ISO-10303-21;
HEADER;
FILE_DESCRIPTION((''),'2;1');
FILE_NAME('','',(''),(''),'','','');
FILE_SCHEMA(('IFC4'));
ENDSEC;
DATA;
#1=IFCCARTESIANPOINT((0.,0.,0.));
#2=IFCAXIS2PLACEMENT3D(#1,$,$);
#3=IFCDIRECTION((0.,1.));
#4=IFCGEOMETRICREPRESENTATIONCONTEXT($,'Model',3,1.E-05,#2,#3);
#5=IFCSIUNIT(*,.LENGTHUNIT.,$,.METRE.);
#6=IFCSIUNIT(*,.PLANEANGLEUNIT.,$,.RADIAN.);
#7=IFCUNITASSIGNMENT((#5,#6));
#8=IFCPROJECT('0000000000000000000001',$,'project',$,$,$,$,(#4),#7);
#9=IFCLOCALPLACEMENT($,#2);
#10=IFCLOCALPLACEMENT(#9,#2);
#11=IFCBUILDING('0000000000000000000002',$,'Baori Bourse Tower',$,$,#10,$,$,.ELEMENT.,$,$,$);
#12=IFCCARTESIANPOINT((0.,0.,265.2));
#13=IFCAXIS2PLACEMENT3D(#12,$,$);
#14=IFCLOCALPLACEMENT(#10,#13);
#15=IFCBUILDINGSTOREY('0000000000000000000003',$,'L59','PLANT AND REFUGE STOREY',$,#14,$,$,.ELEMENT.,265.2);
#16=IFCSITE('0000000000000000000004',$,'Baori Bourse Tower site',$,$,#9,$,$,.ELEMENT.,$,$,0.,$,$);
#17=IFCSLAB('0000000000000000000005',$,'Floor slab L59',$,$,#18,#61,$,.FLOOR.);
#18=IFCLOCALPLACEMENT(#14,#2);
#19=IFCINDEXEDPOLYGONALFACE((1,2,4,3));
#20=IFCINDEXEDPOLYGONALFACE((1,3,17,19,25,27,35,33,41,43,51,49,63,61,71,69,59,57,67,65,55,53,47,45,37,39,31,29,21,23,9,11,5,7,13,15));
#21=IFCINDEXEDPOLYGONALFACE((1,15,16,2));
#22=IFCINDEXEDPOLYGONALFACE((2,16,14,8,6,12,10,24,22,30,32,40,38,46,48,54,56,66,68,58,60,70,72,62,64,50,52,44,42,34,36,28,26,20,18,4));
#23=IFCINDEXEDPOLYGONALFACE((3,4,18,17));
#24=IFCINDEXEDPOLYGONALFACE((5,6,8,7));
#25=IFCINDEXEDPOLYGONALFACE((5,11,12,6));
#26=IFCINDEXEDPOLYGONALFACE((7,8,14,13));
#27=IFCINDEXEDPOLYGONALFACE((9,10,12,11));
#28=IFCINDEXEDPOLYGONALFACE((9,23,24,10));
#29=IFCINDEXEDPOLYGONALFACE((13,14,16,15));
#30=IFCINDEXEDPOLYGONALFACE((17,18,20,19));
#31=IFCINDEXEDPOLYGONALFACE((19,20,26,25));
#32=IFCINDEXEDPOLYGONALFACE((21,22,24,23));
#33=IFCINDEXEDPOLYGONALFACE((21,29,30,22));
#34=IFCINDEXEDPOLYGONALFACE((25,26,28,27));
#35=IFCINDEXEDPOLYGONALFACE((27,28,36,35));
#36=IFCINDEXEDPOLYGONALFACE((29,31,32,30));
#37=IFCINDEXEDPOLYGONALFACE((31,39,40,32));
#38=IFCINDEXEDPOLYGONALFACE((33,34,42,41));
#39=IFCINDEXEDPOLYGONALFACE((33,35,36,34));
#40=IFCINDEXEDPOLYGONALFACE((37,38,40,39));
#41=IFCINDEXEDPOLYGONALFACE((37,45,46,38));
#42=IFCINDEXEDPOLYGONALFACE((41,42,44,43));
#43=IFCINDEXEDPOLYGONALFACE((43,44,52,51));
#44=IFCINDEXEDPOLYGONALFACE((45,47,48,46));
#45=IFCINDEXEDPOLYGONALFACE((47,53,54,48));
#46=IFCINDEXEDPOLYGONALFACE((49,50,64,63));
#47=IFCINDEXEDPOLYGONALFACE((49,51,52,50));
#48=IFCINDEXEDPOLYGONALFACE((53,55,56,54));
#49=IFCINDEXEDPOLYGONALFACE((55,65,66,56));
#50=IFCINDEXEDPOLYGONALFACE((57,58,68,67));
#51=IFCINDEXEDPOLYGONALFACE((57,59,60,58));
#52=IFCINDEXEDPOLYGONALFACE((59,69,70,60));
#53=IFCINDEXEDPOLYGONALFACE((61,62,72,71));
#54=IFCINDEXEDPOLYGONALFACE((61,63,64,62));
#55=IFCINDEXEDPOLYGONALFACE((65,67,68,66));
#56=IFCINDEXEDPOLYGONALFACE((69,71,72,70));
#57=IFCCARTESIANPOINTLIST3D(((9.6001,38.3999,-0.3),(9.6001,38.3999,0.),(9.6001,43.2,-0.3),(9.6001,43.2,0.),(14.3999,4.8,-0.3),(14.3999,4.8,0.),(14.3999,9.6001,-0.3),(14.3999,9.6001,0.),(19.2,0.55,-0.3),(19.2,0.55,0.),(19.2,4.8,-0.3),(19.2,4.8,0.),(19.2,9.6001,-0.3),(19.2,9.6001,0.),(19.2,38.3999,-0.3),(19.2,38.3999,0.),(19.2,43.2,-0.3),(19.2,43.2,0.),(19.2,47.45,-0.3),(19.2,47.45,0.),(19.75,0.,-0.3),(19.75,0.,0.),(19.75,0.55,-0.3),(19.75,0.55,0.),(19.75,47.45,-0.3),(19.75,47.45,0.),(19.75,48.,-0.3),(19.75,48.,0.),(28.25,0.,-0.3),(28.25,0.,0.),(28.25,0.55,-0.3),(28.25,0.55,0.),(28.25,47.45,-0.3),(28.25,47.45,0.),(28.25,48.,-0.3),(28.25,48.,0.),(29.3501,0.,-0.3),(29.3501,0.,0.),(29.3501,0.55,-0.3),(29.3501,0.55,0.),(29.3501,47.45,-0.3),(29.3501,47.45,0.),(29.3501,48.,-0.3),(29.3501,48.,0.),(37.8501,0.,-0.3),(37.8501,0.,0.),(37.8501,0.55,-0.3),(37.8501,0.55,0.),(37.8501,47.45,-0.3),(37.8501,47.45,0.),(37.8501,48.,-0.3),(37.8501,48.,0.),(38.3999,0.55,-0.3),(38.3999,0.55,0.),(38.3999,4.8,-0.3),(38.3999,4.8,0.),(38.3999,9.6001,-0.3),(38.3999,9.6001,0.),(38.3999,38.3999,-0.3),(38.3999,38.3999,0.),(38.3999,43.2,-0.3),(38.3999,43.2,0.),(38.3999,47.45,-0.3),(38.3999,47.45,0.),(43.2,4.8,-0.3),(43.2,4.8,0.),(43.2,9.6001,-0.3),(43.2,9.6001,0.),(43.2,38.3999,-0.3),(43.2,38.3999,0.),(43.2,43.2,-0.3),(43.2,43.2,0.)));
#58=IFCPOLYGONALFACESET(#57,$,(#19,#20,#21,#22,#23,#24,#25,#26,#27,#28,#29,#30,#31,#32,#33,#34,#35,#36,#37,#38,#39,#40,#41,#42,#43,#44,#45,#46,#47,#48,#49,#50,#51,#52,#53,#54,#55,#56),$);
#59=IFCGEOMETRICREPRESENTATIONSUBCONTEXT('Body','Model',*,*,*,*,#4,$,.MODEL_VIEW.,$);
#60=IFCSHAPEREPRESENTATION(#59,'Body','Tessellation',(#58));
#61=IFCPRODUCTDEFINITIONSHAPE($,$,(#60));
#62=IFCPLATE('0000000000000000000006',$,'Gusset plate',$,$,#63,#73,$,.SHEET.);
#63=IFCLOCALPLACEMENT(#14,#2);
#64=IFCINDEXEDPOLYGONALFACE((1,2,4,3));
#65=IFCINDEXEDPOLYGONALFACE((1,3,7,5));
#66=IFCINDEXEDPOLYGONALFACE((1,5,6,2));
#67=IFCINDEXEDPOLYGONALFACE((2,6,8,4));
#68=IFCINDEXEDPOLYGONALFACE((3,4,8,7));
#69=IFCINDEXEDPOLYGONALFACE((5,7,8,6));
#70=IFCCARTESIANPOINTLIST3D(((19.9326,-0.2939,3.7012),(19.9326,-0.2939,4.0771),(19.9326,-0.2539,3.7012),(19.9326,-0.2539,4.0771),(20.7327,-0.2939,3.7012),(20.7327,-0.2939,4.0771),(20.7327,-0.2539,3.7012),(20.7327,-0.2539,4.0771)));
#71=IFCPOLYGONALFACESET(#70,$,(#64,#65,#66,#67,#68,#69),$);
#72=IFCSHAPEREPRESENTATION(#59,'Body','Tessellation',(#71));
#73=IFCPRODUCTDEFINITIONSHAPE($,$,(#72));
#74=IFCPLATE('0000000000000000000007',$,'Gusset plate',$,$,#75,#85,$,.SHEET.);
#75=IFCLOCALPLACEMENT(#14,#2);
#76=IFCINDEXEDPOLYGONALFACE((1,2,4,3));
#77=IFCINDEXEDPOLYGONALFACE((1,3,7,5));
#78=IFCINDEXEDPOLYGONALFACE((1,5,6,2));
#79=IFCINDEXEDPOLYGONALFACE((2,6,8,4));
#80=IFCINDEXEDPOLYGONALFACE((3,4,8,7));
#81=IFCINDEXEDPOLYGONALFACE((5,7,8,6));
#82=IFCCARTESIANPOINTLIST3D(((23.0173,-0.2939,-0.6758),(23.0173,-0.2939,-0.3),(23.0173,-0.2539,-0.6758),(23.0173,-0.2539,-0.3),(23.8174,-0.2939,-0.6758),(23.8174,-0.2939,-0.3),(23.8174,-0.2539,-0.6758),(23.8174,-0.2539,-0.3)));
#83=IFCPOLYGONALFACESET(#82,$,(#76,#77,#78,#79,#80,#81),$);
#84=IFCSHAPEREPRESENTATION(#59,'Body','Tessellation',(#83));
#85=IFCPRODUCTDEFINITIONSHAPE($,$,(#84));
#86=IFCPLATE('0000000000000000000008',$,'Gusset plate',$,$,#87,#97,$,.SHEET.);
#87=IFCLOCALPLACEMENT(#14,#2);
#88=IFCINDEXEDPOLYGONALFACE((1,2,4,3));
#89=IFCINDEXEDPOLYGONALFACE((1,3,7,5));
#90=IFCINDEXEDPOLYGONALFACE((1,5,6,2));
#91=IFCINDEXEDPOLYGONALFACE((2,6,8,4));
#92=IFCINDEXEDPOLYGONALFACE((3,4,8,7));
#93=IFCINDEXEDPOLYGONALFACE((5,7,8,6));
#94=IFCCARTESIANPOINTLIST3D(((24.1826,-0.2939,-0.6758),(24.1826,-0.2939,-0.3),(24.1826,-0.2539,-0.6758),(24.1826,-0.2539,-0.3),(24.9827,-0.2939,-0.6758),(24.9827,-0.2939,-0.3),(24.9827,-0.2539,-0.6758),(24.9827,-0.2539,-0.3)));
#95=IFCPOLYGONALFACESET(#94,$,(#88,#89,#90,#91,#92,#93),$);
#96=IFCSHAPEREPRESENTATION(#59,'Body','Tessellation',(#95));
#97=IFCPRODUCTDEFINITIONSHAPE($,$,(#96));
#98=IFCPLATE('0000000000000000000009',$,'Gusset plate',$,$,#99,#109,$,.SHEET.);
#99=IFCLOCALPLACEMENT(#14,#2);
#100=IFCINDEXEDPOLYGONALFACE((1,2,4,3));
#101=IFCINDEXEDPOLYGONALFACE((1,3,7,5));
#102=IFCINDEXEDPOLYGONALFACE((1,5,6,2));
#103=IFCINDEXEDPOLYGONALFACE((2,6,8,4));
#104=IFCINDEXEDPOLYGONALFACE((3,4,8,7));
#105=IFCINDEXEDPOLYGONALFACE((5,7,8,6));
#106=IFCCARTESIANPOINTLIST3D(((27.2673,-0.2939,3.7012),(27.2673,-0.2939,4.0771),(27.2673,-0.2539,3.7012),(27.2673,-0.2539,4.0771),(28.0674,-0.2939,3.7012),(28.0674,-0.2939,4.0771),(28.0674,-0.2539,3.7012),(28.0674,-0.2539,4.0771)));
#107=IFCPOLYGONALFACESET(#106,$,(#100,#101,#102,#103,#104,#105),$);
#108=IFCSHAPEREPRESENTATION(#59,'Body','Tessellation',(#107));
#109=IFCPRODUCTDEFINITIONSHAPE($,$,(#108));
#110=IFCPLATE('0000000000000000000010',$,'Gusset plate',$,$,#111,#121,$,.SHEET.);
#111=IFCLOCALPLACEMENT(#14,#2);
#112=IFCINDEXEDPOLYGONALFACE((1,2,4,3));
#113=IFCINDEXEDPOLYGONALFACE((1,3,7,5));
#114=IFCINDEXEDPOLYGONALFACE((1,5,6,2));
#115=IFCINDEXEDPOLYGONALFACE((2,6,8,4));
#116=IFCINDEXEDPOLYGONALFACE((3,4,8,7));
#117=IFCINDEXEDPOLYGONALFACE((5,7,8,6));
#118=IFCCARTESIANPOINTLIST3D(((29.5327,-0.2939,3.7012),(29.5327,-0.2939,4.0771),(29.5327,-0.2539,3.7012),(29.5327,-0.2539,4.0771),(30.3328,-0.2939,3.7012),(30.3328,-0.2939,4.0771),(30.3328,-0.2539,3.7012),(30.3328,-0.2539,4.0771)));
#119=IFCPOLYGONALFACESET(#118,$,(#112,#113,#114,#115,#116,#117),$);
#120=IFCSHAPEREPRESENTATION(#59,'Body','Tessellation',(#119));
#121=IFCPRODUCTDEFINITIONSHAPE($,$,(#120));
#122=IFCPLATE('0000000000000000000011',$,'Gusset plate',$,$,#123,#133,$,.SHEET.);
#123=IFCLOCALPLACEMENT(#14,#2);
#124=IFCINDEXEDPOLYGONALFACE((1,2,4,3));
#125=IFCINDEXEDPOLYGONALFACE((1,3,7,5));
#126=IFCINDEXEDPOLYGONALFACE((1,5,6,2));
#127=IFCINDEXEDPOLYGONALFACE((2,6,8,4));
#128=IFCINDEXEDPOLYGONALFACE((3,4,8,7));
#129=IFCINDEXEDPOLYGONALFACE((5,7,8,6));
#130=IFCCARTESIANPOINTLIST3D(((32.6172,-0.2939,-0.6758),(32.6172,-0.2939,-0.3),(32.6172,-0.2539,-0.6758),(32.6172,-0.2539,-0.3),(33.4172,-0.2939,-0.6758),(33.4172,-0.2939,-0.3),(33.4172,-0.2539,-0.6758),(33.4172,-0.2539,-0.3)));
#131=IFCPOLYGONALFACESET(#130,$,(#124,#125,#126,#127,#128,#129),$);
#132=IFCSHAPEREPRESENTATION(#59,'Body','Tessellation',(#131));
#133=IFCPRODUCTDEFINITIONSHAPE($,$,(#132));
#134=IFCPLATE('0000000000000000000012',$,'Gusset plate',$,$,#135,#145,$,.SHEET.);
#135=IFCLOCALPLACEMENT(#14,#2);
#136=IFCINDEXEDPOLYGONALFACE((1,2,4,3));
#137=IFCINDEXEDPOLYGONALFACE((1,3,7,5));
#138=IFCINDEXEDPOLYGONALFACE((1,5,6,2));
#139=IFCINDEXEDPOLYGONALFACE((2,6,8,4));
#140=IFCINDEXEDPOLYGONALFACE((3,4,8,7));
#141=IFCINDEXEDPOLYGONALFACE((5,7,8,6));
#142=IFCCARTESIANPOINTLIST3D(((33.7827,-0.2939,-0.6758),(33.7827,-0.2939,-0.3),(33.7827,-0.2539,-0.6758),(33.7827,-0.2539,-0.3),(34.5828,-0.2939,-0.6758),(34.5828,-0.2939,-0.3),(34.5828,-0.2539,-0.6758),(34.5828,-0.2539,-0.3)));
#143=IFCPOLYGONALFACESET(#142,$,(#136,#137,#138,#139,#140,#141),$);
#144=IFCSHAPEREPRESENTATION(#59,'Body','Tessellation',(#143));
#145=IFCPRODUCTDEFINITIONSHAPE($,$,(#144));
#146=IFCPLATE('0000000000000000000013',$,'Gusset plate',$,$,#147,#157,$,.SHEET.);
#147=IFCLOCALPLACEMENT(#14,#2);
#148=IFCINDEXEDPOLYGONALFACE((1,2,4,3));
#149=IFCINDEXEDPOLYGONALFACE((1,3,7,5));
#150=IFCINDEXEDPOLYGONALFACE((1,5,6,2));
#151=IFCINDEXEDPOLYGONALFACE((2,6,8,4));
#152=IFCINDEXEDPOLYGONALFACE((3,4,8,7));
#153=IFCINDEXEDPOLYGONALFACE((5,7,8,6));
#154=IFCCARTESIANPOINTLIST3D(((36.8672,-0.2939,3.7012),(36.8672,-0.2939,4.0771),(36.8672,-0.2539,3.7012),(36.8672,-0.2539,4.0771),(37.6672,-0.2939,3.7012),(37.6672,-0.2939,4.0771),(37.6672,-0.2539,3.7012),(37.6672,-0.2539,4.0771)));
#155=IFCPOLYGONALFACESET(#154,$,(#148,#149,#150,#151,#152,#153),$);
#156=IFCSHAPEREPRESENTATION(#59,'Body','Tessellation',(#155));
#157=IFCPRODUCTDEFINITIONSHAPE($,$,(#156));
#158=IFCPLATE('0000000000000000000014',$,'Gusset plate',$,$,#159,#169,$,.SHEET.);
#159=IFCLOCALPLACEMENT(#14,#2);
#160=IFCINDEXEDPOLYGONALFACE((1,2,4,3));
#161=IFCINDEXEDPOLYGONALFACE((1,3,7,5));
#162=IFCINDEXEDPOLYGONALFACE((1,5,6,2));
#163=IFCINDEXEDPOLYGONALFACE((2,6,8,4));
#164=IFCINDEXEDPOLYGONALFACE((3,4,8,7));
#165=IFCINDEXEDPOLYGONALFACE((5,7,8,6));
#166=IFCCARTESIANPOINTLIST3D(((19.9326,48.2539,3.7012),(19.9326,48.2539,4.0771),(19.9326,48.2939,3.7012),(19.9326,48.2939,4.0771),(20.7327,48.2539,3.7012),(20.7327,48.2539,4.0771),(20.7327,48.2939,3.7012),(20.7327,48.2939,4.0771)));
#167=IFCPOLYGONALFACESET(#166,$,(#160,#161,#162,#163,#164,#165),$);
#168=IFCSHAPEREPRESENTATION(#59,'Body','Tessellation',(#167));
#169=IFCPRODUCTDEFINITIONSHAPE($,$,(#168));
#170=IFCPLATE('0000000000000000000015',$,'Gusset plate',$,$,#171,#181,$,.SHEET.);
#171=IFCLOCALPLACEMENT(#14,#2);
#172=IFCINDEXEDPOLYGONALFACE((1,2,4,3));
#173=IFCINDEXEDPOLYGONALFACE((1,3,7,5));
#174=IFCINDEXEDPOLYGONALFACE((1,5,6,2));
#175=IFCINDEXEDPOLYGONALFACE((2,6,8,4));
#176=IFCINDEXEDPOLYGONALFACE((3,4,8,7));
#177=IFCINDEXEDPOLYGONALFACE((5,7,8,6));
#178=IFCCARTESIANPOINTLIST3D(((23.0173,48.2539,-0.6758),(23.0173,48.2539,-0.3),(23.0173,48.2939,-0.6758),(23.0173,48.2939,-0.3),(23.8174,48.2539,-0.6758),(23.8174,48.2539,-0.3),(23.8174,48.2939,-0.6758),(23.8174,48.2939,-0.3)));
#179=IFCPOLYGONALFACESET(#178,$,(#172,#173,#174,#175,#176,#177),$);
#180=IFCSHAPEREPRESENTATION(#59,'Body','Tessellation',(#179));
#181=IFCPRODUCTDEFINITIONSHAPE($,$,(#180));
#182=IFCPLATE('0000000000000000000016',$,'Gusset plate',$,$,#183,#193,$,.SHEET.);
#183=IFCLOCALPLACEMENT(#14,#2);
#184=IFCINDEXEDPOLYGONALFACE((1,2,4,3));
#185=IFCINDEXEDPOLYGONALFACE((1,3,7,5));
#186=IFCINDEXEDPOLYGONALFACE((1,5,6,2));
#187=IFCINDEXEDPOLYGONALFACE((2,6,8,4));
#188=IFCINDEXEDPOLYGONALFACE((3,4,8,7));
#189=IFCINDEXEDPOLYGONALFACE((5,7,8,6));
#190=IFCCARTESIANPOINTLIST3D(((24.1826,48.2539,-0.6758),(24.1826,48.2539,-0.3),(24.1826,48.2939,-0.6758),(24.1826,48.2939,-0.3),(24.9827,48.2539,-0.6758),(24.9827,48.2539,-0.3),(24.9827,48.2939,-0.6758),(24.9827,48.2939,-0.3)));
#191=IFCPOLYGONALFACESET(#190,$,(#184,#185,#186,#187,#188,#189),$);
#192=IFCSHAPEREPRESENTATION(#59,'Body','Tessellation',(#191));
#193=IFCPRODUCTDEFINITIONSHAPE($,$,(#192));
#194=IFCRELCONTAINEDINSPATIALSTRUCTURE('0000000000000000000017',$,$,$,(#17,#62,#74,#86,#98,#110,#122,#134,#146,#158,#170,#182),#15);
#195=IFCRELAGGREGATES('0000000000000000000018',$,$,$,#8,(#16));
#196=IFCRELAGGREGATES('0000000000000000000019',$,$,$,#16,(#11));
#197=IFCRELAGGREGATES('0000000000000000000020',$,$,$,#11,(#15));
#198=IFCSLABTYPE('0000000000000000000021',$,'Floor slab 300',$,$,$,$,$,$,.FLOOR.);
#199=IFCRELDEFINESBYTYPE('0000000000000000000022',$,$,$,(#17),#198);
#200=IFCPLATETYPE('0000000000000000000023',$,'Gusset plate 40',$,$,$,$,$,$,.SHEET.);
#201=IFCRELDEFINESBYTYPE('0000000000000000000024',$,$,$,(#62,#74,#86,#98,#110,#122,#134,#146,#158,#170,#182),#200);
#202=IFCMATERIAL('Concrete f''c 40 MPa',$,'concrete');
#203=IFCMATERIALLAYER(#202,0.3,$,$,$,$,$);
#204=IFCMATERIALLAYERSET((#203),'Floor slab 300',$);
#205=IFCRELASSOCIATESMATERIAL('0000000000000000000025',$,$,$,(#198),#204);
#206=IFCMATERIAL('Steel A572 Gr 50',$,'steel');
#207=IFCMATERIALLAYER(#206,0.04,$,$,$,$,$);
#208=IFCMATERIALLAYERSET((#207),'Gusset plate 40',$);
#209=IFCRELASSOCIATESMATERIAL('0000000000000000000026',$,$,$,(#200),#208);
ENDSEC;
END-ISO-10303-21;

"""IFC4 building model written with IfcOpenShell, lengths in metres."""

from ifc_helpers import new_model, si_unit, direction, frame, origin, place, context, subcontext, project, spatial, polyline, outline, extrude, material, layer, layer_set, type_object, element, save


model = new_model("IFC4")

# Units and contexts
model_context = context("Model", 3, precision=1e-05, world=origin(), true_north=direction((0.0, 1.0)))
body_context = subcontext(model_context, "Body", "Model", "MODEL_VIEW")
ifc_project = project(units=[si_unit("LENGTHUNIT", "METRE"), si_unit("PLANEANGLEUNIT", "RADIAN")], contexts=[model_context])

# Site, building, storey
site_placement = place(None, origin())
site = spatial("IfcSite", under=ifc_project, at=site_placement, Name="Baori Bourse Tower site", CompositionType="ELEMENT", RefElevation=0.0)
building_placement = place(site_placement, origin())
building = spatial("IfcBuilding", under=site, at=building_placement, Name="Baori Bourse Tower", CompositionType="ELEMENT")
storey_placement = place(building_placement, frame((0.0, 0.0, 265.2)))
storey = spatial("IfcBuildingStorey", under=building, at=storey_placement, Name="L59", Description="PLANT AND REFUGE STOREY", CompositionType="ELEMENT", Elevation=265.2)

# Slab
ifc_material_1 = material(Name="Concrete f'c 40 MPa", Category="concrete")
ifc_layer_1 = layer(ifc_material_1, 0.3)
ifc_layer_set_1 = layer_set([ifc_layer_1], Name="Floor slab 300")
slab_type = type_object("IfcSlabType", Name="Floor slab 300", PredefinedType="FLOOR", material=ifc_layer_set_1)
slab_placement = place(storey_placement, frame((0.0, 0.0, -0.3)))
element("IfcSlab", 1, at=slab_placement, inside=storey, type_object=slab_type, Name="Floor slab L59", PredefinedType="FLOOR", context=body_context, shape_type="SweptSolid", body=[
    extrude(outline(polyline([(19.2, 4.8), (14.3999, 4.8), (14.3999, 9.6001), (19.2, 9.6001), (19.2, 38.3999), (9.6001, 38.3999), (9.6001, 43.2), (19.2, 43.2), (19.2, 47.45), (19.75, 47.45), (19.75, 48.0), (28.25, 48.0), (28.25, 47.45), (29.3501, 47.45), (29.3501, 48.0), (37.8501, 48.0), (37.8501, 47.45), (38.3999, 47.45), (38.3999, 43.2), (43.2, 43.2), (43.2, 38.3999), (38.3999, 38.3999), (38.3999, 9.6001), (43.2, 9.6001), (43.2, 4.8), (38.3999, 4.8), (38.3999, 0.55), (37.8501, 0.55), (37.8501, 0.0), (29.3501, 0.0), (29.3501, 0.55), (28.25, 0.55), (28.25, 0.0), (19.75, 0.0), (19.75, 0.55), (19.2, 0.55), (19.2, 4.8)])), origin(), (0.0, 0.0, 1.0), 0.3),
])

# Plates
ifc_material_2 = material(Name="Steel A572 Gr 50", Category="steel")
ifc_layer_2 = layer(ifc_material_2, 0.04)
ifc_layer_set_2 = layer_set([ifc_layer_2], Name="Gusset plate 40")
plate_type_1 = type_object("IfcPlateType", Name="Gusset plate 40", PredefinedType="SHEET", material=ifc_layer_set_2)
plate_1_placement = place(storey_placement, frame((0.0, 0.0, 3.7012)))
element("IfcPlate", 2, at=plate_1_placement, inside=storey, type_object=plate_type_1, Name="Gusset plate", PredefinedType="SHEET", context=body_context, shape_type="SweptSolid", body=[
    extrude(outline(polyline([(19.9326, -0.2939), (20.7327, -0.2939), (20.7327, -0.2539), (19.9326, -0.2539), (19.9326, -0.2939)])), origin(), (0.0, 0.0, 1.0), 0.376),
])
plate_2_placement = place(storey_placement, frame((0.0, 0.0, -0.6758)))
element("IfcPlate", 3, at=plate_2_placement, inside=storey, type_object=plate_type_1, Name="Gusset plate", PredefinedType="SHEET", context=body_context, shape_type="SweptSolid", body=[
    extrude(outline(polyline([(23.0173, -0.2939), (23.8174, -0.2939), (23.8174, -0.2539), (23.0173, -0.2539), (23.0173, -0.2939)])), origin(), (0.0, 0.0, 1.0), 0.3757),
])
plate_3_placement = place(storey_placement, frame((0.0, 0.0, -0.6758)))
element("IfcPlate", 4, at=plate_3_placement, inside=storey, type_object=plate_type_1, Name="Gusset plate", PredefinedType="SHEET", context=body_context, shape_type="SweptSolid", body=[
    extrude(outline(polyline([(24.1826, -0.2939), (24.9827, -0.2939), (24.9827, -0.2539), (24.1826, -0.2539), (24.1826, -0.2939)])), origin(), (0.0, 0.0, 1.0), 0.3757),
])
plate_4_placement = place(storey_placement, frame((0.0, 0.0, 3.7012)))
element("IfcPlate", 5, at=plate_4_placement, inside=storey, type_object=plate_type_1, Name="Gusset plate", PredefinedType="SHEET", context=body_context, shape_type="SweptSolid", body=[
    extrude(outline(polyline([(27.2673, -0.2939), (28.0674, -0.2939), (28.0674, -0.2539), (27.2673, -0.2539), (27.2673, -0.2939)])), origin(), (0.0, 0.0, 1.0), 0.376),
])
plate_5_placement = place(storey_placement, frame((0.0, 0.0, 3.7012)))
element("IfcPlate", 6, at=plate_5_placement, inside=storey, type_object=plate_type_1, Name="Gusset plate", PredefinedType="SHEET", context=body_context, shape_type="SweptSolid", body=[
    extrude(outline(polyline([(29.5327, -0.2939), (30.3328, -0.2939), (30.3328, -0.2539), (29.5327, -0.2539), (29.5327, -0.2939)])), origin(), (0.0, 0.0, 1.0), 0.376),
])
plate_6_placement = place(storey_placement, frame((0.0, 0.0, -0.6758)))
element("IfcPlate", 7, at=plate_6_placement, inside=storey, type_object=plate_type_1, Name="Gusset plate", PredefinedType="SHEET", context=body_context, shape_type="SweptSolid", body=[
    extrude(outline(polyline([(32.6172, -0.2939), (33.4172, -0.2939), (33.4172, -0.2539), (32.6172, -0.2539), (32.6172, -0.2939)])), origin(), (0.0, 0.0, 1.0), 0.3757),
])
plate_7_placement = place(storey_placement, frame((0.0, 0.0, -0.6758)))
element("IfcPlate", 8, at=plate_7_placement, inside=storey, type_object=plate_type_1, Name="Gusset plate", PredefinedType="SHEET", context=body_context, shape_type="SweptSolid", body=[
    extrude(outline(polyline([(33.7827, -0.2939), (34.5828, -0.2939), (34.5828, -0.2539), (33.7827, -0.2539), (33.7827, -0.2939)])), origin(), (0.0, 0.0, 1.0), 0.3757),
])
plate_8_placement = place(storey_placement, frame((0.0, 0.0, 3.7012)))
element("IfcPlate", 9, at=plate_8_placement, inside=storey, type_object=plate_type_1, Name="Gusset plate", PredefinedType="SHEET", context=body_context, shape_type="SweptSolid", body=[
    extrude(outline(polyline([(36.8672, -0.2939), (37.6672, -0.2939), (37.6672, -0.2539), (36.8672, -0.2539), (36.8672, -0.2939)])), origin(), (0.0, 0.0, 1.0), 0.376),
])
plate_9_placement = place(storey_placement, frame((0.0, 0.0, 3.7012)))
element("IfcPlate", 10, at=plate_9_placement, inside=storey, type_object=plate_type_1, Name="Gusset plate", PredefinedType="SHEET", context=body_context, shape_type="SweptSolid", body=[
    extrude(outline(polyline([(19.9326, 48.2539), (20.7327, 48.2539), (20.7327, 48.2939), (19.9326, 48.2939), (19.9326, 48.2539)])), origin(), (0.0, 0.0, 1.0), 0.376),
])
plate_10_placement = place(storey_placement, frame((0.0, 0.0, -0.6758)))
element("IfcPlate", 11, at=plate_10_placement, inside=storey, type_object=plate_type_1, Name="Gusset plate", PredefinedType="SHEET", context=body_context, shape_type="SweptSolid", body=[
    extrude(outline(polyline([(23.0173, 48.2539), (23.8174, 48.2539), (23.8174, 48.2939), (23.0173, 48.2939), (23.0173, 48.2539)])), origin(), (0.0, 0.0, 1.0), 0.3757),
])
plate_11_placement = place(storey_placement, frame((0.0, 0.0, -0.6758)))
element("IfcPlate", 12, at=plate_11_placement, inside=storey, type_object=plate_type_1, Name="Gusset plate", PredefinedType="SHEET", context=body_context, shape_type="SweptSolid", body=[
    extrude(outline(polyline([(24.1826, 48.2539), (24.9827, 48.2539), (24.9827, 48.2939), (24.1826, 48.2939), (24.1826, 48.2539)])), origin(), (0.0, 0.0, 1.0), 0.3757),
])

save(model, "model.ifc")
